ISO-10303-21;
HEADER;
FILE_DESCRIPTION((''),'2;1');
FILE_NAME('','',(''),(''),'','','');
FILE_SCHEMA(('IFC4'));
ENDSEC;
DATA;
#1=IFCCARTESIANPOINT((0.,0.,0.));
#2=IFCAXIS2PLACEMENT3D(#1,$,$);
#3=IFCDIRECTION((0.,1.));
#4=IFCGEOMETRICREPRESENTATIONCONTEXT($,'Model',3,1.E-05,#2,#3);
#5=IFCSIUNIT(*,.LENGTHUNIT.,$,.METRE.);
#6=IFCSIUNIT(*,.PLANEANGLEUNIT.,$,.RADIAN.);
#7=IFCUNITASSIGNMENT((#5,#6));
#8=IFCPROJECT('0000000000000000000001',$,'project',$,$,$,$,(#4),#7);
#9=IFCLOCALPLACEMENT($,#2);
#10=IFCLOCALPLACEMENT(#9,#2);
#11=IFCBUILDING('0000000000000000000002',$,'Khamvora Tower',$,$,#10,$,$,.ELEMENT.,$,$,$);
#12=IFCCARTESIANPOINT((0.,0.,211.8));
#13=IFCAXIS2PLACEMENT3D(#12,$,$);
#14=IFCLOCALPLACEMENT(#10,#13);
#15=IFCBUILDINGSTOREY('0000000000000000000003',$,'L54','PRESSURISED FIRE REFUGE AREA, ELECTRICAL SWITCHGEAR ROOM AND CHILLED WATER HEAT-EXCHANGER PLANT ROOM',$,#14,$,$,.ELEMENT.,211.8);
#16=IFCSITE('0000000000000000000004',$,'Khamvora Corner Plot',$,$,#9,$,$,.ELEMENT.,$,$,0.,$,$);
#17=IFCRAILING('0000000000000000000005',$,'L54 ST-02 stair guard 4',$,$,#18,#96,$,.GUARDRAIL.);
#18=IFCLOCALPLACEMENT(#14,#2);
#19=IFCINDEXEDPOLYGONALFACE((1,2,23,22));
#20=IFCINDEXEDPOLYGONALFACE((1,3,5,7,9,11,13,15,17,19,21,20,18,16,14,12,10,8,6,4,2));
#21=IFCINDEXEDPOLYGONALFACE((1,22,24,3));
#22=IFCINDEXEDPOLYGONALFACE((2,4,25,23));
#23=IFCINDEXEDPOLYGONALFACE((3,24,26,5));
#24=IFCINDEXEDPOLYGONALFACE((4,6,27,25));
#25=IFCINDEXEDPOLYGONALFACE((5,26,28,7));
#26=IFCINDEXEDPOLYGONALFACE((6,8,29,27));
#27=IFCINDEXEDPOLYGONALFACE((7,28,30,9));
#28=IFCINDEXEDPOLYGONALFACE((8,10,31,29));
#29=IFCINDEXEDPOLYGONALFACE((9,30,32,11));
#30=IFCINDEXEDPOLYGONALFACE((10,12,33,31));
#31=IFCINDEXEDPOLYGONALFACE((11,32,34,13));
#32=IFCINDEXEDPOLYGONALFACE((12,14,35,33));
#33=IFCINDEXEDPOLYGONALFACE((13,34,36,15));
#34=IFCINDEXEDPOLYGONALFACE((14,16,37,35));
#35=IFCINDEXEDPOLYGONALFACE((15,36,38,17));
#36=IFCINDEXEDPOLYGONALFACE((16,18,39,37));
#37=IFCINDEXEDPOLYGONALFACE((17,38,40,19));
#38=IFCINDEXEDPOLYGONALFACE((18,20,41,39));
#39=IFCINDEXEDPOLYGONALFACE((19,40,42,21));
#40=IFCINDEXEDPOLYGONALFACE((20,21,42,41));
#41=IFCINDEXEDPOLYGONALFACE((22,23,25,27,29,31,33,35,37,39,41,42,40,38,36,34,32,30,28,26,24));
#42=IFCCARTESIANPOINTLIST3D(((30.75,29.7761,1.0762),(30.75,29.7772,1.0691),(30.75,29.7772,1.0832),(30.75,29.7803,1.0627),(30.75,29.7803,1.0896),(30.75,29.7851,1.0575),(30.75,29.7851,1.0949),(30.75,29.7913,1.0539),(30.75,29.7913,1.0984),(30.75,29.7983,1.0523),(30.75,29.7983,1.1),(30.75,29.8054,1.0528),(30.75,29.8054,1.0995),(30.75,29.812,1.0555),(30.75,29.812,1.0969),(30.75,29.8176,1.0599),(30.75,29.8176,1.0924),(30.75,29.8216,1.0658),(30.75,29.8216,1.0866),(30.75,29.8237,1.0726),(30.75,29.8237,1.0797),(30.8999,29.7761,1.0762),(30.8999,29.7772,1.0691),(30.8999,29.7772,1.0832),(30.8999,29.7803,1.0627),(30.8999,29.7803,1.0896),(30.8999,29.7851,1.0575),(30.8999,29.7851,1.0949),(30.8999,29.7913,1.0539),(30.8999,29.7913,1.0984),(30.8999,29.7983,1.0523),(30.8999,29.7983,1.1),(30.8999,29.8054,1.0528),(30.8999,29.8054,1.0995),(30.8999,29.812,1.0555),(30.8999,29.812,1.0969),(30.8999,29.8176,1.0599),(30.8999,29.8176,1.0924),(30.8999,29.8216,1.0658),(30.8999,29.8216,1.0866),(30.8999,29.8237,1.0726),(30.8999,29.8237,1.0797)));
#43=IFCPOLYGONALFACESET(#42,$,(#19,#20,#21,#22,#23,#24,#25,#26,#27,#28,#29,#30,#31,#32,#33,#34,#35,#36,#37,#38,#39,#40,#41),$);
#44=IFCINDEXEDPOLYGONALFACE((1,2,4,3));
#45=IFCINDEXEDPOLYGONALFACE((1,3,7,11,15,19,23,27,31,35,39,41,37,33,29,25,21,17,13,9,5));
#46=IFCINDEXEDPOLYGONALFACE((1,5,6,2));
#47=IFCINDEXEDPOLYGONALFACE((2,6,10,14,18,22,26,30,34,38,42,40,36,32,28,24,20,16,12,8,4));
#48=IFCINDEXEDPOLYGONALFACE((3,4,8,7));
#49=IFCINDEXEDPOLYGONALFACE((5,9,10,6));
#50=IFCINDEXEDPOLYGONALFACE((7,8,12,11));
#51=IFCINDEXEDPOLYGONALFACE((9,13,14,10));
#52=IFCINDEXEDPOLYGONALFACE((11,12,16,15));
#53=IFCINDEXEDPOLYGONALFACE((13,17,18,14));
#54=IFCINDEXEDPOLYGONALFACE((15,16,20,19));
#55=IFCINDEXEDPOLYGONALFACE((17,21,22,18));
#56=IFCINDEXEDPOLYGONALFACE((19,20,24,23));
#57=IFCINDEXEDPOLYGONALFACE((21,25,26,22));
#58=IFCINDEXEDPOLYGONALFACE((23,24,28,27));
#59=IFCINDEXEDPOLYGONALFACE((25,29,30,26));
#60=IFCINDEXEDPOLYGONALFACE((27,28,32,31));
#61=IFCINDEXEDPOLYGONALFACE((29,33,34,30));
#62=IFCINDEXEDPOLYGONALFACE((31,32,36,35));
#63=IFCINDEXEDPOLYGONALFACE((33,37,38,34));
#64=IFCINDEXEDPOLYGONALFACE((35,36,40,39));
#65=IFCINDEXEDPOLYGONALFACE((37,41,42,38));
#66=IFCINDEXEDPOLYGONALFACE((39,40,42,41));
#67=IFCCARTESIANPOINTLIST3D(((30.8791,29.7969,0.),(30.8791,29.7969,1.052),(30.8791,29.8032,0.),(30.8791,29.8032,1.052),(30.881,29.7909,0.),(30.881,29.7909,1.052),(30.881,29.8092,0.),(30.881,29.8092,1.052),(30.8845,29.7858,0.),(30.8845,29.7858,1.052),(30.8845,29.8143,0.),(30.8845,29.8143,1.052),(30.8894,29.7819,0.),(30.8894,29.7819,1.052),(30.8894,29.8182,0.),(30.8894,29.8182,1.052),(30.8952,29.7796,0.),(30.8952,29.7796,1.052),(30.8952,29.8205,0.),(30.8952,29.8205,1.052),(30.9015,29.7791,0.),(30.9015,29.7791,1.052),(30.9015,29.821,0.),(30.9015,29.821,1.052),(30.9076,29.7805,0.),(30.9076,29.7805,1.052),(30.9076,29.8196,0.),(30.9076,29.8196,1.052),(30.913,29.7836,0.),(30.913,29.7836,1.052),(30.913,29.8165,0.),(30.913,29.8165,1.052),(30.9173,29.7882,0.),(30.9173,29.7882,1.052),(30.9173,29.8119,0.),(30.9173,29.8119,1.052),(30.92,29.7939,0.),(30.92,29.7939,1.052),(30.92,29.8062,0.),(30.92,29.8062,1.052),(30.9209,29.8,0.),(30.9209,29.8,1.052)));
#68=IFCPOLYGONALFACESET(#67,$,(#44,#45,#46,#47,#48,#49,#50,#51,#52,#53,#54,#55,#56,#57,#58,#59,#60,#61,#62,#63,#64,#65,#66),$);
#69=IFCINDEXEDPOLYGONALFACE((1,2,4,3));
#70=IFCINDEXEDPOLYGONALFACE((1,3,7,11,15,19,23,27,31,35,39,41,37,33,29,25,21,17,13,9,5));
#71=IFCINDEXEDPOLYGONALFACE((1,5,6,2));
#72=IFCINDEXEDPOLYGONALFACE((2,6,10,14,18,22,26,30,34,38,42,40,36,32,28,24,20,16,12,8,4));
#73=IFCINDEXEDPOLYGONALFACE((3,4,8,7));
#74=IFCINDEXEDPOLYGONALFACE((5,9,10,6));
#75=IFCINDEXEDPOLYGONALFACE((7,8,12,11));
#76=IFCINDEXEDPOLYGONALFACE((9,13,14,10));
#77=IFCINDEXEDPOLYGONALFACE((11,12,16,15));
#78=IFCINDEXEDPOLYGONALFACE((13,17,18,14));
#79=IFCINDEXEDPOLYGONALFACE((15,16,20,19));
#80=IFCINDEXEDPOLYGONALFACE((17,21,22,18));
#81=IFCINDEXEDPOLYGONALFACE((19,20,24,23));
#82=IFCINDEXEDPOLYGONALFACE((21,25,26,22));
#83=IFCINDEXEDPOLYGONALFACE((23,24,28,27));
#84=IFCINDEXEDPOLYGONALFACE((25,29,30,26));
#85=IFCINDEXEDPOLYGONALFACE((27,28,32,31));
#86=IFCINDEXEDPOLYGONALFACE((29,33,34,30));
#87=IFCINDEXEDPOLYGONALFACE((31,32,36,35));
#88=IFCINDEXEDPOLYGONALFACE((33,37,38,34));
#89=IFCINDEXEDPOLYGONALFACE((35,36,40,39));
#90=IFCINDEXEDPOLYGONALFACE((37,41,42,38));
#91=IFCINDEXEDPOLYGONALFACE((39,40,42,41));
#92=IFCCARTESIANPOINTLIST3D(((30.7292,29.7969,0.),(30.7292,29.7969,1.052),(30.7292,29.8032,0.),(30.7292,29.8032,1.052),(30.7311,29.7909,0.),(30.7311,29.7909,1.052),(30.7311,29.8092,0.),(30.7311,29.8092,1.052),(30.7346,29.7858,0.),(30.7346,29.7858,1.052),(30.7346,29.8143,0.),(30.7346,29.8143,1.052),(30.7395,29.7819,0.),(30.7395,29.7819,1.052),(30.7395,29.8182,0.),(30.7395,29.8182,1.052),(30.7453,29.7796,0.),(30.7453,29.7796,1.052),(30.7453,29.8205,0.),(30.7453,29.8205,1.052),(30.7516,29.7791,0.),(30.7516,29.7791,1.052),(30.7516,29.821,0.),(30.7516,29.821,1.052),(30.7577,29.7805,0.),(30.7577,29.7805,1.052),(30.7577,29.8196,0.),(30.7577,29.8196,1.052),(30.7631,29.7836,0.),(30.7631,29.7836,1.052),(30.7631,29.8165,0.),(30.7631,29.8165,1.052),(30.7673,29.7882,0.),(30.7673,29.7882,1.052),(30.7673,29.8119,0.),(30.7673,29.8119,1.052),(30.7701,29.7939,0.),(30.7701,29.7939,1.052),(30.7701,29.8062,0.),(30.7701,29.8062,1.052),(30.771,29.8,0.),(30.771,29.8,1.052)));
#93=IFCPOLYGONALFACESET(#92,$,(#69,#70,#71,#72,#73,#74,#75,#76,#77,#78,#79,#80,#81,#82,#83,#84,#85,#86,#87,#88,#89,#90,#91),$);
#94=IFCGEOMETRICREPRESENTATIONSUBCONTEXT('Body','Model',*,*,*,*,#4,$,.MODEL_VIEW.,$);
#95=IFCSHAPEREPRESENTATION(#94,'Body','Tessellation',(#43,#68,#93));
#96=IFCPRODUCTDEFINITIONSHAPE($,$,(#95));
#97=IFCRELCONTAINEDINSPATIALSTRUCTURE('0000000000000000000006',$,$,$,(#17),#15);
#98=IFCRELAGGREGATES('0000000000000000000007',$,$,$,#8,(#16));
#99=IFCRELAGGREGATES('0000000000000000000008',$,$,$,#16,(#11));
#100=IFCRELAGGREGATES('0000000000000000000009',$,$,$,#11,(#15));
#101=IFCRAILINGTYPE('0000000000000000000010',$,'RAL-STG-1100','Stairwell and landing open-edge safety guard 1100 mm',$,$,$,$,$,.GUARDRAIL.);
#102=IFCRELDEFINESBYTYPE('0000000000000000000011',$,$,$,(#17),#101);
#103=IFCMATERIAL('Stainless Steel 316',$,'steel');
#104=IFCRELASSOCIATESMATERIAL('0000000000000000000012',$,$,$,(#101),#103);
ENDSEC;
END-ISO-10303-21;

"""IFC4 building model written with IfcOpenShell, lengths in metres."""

from ifc_helpers import new_model, si_unit, direction, frame, origin, origin_2d, place, context, subcontext, project, spatial, circle, extrude, material, type_object, element, save


model = new_model("IFC4")

# Units and contexts
model_context = context("Model", 3, precision=1e-05, world=origin(), true_north=direction((0.0, 1.0)))
body_context = subcontext(model_context, "Body", "Model", "MODEL_VIEW")
ifc_project = project(units=[si_unit("LENGTHUNIT", "METRE"), si_unit("PLANEANGLEUNIT", "RADIAN")], contexts=[model_context])

# Site, building, storey
site_placement = place(None, origin())
site = spatial("IfcSite", under=ifc_project, at=site_placement, Name="Khamvora Corner Plot", CompositionType="ELEMENT", RefElevation=0.0)
building_placement = place(site_placement, origin())
building = spatial("IfcBuilding", under=site, at=building_placement, Name="Khamvora Tower", CompositionType="ELEMENT")
storey_placement = place(building_placement, frame((0.0, 0.0, 211.8)))
storey = spatial("IfcBuildingStorey", under=building, at=storey_placement, Name="L54", Description="PRESSURISED FIRE REFUGE AREA, ELECTRICAL SWITCHGEAR ROOM AND CHILLED WATER HEAT-EXCHANGER PLANT ROOM", CompositionType="ELEMENT", Elevation=211.8)

# Railing
ifc_material_1 = material(Name="Stainless Steel 316", Category="steel")
railing_type_1 = type_object("IfcRailingType", Name="RAL-STG-1100", Description="Stairwell and landing open-edge safety guard 1100 mm", PredefinedType="GUARDRAIL", material=ifc_material_1)
railing_1_placement = place(storey_placement, frame((30.8999, 29.8, 0.0)))
element("IfcRailing", 1, at=railing_1_placement, inside=storey, type_object=railing_type_1, Name="L54 ST-02 stair guard 4", PredefinedType="GUARDRAIL", context=body_context, shape_type="SweptSolid", body=[
    extrude(circle(Radius=0.0239, at=origin_2d()), frame((0.0, 0.0, 1.0762), z_axis=(-1.0, 0.0, 0.0), x_axis=(0.0, -1.0, 0.0)), (0.0, 0.0, 1.0), 0.1499),
    extrude(circle(Radius=0.021, at=origin_2d()), origin(), (0.0, 0.0, 1.0), 1.052),
    extrude(circle(Radius=0.021, at=origin_2d()), frame((-0.1499, 0.0, 0.0)), (0.0, 0.0, 1.0), 1.052),
])

save(model, "model.ifc")
